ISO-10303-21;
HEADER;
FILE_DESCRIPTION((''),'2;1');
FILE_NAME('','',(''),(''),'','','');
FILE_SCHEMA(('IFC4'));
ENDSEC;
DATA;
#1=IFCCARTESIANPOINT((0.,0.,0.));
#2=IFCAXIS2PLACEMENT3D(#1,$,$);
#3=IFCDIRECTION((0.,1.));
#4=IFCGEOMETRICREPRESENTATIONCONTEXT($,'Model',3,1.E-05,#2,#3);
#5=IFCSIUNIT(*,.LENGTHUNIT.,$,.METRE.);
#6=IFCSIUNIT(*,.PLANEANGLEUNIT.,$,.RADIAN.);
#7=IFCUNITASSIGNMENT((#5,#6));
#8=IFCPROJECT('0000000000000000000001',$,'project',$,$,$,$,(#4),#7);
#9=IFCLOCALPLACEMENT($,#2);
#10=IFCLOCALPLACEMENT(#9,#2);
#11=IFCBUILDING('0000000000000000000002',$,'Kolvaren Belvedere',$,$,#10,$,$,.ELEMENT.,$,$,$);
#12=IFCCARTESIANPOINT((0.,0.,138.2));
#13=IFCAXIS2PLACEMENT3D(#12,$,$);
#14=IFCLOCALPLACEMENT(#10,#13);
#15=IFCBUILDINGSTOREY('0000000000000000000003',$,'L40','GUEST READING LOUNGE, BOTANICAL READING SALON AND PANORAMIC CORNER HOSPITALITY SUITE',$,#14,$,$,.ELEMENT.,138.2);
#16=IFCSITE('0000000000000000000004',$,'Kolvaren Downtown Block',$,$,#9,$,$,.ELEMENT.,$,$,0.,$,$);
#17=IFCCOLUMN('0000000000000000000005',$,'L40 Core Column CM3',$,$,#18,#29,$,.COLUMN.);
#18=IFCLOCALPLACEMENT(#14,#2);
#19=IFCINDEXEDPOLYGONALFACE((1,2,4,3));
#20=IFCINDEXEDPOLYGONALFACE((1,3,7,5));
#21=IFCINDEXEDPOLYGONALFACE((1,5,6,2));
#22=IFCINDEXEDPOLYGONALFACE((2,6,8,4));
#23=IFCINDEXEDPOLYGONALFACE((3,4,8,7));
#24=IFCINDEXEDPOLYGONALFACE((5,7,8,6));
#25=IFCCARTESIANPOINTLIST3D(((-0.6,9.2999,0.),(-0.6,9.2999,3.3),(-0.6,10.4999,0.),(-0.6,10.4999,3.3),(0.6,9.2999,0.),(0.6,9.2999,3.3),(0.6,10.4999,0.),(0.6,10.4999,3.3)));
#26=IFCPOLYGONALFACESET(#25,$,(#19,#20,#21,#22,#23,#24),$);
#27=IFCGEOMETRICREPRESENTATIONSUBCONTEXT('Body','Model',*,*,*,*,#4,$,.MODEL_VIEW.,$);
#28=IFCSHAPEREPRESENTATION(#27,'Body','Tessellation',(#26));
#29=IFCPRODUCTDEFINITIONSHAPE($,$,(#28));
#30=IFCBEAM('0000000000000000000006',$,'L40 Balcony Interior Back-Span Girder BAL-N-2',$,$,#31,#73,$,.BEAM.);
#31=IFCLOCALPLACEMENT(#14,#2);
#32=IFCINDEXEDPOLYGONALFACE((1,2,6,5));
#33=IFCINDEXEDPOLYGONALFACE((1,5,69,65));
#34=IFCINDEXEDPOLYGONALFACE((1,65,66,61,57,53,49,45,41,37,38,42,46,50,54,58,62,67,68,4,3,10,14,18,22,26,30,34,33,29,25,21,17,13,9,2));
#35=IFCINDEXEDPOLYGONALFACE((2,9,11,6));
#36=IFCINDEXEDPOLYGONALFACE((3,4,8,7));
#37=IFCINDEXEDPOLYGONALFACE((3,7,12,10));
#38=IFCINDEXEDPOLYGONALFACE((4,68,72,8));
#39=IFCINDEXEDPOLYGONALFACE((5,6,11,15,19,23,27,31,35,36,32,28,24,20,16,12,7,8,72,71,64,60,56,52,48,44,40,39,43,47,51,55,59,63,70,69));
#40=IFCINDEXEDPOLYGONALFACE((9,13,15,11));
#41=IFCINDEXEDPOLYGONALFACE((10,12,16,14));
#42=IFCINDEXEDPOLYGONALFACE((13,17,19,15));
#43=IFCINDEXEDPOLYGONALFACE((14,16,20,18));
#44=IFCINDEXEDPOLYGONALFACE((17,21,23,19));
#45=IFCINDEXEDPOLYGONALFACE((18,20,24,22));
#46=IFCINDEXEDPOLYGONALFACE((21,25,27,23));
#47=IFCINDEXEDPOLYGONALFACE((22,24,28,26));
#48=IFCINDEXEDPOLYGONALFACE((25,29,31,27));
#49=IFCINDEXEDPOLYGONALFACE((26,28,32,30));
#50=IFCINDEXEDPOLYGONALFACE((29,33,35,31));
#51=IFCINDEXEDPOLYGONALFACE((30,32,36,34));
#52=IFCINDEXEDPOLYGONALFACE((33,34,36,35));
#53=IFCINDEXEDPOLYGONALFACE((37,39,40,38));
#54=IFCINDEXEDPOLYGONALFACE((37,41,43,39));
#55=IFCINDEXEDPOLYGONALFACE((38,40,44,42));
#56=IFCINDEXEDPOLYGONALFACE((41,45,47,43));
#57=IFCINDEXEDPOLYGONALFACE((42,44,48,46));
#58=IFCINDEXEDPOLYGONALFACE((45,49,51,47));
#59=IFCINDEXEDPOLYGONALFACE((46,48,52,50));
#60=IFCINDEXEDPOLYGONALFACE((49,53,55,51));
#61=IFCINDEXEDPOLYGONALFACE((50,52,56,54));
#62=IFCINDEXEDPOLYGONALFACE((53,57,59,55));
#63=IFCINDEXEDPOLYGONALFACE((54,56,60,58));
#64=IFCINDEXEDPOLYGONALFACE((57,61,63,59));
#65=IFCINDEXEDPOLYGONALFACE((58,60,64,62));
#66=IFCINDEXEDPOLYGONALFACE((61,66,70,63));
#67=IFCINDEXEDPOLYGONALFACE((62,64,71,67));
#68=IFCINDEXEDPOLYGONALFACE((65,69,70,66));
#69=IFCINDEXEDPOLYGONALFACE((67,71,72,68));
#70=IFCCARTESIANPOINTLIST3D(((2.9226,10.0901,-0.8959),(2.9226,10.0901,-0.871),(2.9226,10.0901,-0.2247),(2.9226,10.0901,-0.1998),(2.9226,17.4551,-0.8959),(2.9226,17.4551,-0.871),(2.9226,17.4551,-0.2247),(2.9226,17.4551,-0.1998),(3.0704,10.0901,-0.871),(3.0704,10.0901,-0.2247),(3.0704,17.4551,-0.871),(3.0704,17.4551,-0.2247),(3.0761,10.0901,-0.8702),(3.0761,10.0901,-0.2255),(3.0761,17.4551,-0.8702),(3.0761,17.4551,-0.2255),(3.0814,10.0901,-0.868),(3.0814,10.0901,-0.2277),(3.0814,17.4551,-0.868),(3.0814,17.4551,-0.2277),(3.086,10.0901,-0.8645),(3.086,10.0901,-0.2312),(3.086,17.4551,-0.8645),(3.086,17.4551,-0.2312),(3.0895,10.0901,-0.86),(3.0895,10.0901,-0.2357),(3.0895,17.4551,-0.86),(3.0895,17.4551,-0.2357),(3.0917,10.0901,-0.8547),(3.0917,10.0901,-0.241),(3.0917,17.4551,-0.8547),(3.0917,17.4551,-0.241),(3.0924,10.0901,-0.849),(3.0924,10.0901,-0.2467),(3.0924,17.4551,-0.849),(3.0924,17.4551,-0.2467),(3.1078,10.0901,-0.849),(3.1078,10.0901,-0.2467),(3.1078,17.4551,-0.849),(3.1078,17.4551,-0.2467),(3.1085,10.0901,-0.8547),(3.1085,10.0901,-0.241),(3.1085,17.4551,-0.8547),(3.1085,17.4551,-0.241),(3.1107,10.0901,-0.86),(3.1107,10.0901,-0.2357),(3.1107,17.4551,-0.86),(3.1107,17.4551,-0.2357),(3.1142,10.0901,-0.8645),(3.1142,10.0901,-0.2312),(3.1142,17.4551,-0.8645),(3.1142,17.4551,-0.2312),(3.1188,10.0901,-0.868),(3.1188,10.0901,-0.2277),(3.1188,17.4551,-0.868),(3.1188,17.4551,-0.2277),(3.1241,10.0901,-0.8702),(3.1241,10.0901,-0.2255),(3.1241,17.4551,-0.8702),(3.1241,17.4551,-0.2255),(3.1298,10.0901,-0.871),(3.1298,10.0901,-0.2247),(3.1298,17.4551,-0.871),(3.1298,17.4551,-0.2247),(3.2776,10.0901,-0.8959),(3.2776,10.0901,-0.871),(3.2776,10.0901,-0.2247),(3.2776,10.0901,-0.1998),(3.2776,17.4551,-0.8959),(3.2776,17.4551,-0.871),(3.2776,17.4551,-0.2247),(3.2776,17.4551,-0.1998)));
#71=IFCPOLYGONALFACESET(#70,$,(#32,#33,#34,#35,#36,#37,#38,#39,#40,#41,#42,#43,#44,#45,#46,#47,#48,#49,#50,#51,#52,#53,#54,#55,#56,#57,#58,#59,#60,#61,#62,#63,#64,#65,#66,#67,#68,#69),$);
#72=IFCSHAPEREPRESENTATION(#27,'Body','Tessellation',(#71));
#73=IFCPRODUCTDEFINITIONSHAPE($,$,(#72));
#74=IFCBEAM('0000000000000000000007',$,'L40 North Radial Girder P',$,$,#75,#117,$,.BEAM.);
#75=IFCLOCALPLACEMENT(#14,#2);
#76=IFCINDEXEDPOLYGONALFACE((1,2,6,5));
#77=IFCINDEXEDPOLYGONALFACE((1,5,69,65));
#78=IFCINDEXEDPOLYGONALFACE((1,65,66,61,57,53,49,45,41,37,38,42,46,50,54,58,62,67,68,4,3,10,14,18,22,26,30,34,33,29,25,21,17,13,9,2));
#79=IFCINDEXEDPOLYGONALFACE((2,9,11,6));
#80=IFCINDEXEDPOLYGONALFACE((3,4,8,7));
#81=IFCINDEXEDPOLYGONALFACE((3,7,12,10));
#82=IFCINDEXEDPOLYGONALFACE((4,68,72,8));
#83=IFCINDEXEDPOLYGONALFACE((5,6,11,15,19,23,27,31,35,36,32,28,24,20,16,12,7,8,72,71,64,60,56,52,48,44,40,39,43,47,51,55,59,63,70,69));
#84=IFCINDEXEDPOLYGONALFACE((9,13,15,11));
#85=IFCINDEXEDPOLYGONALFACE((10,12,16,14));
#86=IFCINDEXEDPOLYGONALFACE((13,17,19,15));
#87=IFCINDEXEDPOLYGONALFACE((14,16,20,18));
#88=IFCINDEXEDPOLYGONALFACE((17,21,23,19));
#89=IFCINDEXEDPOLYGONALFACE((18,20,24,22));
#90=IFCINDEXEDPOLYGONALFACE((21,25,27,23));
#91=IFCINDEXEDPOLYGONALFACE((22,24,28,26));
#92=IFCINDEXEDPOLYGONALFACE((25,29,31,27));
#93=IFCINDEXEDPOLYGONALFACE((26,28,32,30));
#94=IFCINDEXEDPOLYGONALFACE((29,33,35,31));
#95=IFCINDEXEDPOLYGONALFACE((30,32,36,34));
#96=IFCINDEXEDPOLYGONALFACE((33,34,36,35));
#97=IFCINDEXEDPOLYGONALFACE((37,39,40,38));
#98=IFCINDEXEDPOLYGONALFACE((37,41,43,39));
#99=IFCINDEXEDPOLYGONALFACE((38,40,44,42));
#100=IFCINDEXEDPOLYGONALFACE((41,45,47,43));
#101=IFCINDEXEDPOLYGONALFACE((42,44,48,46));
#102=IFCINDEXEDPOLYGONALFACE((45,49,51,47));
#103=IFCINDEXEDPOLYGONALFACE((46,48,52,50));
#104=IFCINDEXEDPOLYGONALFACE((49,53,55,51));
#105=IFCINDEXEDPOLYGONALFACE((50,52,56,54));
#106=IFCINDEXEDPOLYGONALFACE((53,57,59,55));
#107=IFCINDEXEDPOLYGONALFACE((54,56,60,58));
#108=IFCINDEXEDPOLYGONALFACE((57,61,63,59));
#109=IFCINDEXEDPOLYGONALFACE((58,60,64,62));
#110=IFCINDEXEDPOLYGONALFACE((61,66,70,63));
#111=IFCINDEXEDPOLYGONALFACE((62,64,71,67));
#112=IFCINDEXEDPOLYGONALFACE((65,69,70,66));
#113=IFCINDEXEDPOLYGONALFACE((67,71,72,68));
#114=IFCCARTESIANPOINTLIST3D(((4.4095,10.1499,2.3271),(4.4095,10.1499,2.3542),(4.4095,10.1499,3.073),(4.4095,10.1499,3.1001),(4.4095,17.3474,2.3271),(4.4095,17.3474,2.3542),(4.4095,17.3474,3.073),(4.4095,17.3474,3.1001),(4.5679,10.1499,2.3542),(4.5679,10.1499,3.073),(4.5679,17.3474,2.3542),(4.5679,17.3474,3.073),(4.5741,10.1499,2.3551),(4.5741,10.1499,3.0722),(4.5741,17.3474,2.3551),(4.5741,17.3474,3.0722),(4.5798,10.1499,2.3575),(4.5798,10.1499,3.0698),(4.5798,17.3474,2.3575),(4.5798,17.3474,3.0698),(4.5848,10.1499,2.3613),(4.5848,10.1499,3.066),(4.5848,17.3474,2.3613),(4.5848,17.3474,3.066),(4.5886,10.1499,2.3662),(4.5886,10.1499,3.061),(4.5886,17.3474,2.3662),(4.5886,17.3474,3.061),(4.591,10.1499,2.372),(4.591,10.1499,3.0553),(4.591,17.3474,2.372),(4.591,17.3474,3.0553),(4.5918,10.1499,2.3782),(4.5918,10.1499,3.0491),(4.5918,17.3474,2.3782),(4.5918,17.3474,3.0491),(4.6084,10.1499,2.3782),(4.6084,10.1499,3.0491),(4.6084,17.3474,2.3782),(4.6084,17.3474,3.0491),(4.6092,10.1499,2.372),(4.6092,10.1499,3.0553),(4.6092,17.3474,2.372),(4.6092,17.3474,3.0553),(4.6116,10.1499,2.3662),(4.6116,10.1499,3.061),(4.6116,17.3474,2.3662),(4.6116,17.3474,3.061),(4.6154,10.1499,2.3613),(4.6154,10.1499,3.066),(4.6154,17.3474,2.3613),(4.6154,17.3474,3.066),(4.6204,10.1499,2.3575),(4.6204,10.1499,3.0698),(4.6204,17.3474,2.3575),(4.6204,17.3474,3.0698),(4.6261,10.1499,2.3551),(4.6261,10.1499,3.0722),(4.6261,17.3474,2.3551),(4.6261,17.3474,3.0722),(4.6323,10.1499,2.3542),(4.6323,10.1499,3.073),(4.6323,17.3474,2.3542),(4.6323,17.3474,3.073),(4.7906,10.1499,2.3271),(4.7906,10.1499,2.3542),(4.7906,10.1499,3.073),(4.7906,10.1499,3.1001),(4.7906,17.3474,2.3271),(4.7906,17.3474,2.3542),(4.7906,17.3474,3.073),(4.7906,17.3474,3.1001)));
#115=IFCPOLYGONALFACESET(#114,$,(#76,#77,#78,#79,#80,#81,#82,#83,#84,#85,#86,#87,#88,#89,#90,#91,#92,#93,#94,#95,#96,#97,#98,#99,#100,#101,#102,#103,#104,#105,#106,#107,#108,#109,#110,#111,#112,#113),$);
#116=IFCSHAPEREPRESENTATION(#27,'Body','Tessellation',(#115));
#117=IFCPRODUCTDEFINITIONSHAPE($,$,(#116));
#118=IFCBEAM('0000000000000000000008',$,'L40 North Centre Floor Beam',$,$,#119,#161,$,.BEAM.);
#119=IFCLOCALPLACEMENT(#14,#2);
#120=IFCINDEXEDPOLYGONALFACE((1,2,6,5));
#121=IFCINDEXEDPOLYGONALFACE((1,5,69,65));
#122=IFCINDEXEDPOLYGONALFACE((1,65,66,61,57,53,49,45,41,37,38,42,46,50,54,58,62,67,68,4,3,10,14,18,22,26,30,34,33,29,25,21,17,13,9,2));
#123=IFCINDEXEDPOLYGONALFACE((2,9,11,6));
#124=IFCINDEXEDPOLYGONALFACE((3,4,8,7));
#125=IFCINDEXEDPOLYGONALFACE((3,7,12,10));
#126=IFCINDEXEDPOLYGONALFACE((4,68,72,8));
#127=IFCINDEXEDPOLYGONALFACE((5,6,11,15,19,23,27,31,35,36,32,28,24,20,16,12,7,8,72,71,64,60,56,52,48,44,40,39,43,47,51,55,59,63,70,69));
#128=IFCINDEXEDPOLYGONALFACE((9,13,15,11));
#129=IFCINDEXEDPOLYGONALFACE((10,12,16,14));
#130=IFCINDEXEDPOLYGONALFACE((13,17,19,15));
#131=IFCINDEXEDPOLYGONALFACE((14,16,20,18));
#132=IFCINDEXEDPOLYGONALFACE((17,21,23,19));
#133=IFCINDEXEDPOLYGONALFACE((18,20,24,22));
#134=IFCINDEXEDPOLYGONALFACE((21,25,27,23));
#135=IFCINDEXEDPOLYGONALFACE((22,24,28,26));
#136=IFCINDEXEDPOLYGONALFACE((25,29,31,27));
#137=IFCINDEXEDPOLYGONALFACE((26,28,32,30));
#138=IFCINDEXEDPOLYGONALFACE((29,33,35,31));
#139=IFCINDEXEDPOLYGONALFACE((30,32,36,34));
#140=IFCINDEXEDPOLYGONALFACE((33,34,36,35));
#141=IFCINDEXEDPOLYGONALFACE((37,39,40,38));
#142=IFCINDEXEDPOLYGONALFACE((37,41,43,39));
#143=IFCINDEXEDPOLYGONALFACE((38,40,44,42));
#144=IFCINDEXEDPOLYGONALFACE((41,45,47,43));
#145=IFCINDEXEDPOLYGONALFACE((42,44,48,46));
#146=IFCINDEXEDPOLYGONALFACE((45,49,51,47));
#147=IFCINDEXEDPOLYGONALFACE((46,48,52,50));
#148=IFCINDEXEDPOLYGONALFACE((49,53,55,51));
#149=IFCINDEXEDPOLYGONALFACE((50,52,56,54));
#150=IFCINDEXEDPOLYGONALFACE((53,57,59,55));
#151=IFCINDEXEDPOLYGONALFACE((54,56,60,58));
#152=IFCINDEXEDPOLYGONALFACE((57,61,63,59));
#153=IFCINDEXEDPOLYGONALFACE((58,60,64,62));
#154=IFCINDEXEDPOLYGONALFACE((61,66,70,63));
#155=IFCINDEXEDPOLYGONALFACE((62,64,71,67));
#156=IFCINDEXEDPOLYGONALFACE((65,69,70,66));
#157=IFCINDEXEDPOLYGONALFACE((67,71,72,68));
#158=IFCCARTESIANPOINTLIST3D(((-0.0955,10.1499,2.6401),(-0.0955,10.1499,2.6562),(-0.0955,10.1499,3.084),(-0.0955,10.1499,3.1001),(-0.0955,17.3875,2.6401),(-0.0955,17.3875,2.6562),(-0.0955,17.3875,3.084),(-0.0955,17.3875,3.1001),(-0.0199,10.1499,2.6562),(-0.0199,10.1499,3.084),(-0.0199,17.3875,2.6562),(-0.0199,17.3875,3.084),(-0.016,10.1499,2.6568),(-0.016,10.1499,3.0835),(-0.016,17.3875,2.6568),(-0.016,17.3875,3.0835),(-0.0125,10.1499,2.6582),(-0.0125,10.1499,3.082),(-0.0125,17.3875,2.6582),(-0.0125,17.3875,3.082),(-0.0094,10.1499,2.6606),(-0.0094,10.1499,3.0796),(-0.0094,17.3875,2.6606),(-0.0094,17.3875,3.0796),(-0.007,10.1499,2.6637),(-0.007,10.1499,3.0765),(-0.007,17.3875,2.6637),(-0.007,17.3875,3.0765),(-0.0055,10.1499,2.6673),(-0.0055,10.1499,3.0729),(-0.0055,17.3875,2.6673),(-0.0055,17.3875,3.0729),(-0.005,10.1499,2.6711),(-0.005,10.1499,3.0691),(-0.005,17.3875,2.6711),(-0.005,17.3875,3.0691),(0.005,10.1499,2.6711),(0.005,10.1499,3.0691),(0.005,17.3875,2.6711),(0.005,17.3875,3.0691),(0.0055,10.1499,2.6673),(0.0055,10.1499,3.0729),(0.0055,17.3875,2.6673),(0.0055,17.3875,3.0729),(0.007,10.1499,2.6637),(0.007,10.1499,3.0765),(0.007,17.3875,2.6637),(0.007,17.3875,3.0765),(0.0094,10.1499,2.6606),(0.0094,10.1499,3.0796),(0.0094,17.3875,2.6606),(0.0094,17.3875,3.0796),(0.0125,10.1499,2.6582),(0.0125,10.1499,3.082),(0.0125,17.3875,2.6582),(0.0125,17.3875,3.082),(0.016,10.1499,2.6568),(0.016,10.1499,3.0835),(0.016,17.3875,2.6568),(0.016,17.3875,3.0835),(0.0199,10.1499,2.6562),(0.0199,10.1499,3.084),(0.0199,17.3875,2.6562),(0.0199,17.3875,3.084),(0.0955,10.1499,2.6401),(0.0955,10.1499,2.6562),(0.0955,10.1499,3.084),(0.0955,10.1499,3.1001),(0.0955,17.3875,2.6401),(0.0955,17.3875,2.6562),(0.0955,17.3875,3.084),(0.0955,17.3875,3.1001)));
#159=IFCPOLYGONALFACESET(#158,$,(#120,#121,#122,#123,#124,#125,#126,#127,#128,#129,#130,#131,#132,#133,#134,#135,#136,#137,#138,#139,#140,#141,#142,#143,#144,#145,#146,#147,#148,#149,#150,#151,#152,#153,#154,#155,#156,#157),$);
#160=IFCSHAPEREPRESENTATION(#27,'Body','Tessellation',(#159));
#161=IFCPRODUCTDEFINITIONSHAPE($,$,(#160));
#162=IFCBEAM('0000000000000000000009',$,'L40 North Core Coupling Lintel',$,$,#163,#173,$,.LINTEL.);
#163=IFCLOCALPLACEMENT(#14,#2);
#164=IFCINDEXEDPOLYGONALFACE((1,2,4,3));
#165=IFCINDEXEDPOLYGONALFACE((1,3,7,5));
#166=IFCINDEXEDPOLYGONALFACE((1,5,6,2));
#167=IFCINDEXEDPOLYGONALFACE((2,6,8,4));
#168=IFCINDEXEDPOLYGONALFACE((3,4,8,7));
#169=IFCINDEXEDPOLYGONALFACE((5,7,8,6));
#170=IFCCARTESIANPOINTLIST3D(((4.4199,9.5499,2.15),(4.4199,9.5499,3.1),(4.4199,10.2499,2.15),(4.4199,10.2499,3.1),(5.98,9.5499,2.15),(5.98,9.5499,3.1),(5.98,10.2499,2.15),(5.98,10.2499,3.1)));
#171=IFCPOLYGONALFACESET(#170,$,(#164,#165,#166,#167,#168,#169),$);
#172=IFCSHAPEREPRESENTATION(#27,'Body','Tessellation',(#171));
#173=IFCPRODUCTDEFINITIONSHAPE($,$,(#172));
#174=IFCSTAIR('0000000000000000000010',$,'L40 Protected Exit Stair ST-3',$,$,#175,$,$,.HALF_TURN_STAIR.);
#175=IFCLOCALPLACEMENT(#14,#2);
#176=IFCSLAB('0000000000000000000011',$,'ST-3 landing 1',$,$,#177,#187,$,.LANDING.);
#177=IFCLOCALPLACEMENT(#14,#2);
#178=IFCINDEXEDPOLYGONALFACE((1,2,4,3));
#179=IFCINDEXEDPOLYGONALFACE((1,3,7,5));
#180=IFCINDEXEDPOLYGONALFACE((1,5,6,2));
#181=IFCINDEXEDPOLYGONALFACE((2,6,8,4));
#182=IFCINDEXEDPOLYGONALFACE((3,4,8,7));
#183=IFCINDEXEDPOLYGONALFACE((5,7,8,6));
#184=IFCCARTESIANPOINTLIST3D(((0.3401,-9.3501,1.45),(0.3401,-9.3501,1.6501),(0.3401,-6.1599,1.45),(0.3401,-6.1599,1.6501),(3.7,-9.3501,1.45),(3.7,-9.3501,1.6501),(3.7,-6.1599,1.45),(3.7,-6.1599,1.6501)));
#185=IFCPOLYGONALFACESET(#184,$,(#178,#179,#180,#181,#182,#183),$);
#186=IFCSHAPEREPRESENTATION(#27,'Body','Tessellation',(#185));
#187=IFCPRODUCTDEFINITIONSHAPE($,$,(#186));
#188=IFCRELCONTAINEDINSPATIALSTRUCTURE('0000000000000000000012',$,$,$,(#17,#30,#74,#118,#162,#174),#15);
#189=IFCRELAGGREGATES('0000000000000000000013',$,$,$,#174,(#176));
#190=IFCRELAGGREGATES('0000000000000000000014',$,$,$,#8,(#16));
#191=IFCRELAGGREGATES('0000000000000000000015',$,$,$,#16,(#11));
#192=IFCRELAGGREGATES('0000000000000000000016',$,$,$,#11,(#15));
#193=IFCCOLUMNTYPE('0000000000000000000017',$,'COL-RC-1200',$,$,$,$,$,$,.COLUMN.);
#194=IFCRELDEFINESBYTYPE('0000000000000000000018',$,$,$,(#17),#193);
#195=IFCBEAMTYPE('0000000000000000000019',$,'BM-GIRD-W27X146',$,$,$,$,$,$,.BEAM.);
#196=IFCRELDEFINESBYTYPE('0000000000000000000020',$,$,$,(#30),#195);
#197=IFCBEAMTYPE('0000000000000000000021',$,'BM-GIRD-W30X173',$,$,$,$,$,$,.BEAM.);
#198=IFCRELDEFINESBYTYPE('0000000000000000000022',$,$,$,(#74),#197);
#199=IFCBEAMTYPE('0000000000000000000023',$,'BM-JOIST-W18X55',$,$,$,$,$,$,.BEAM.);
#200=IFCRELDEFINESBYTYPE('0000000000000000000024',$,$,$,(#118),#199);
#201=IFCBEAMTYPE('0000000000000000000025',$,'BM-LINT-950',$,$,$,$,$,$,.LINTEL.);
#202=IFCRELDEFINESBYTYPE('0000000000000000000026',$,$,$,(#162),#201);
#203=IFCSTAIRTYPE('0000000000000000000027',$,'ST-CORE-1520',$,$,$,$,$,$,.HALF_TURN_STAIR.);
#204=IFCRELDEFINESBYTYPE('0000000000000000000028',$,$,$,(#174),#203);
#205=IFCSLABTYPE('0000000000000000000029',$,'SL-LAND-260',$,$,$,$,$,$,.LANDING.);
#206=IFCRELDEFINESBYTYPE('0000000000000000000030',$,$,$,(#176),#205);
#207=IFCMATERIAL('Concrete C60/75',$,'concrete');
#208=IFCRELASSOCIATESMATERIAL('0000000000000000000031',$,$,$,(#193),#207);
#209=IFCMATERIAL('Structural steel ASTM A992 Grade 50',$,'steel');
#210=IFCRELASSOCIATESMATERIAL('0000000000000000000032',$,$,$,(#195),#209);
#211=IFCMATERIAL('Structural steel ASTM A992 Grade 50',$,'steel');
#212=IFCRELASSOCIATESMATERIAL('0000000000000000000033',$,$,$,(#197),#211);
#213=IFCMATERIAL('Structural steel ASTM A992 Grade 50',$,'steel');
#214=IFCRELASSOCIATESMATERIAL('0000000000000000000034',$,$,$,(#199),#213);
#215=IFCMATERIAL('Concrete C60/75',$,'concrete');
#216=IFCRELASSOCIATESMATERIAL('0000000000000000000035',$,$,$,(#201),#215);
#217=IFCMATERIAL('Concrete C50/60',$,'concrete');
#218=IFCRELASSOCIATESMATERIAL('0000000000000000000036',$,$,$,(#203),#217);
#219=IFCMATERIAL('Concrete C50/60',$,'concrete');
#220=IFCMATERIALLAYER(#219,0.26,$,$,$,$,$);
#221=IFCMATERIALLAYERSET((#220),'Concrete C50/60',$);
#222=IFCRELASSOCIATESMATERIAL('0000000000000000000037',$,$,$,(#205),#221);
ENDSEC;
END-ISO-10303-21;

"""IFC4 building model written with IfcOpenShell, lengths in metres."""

from ifc_helpers import new_model, si_unit, direction, frame, origin, origin_2d, place, context, subcontext, project, spatial, polyline, rectangle, i_section, outline, extrude, material, layer, layer_set, material_profile, profile_set, type_object, element, aggregate, save


model = new_model("IFC4")

# Units and contexts
model_context = context("Model", 3, precision=1e-05, world=origin(), true_north=direction((0.0, 1.0)))
body_context = subcontext(model_context, "Body", "Model", "MODEL_VIEW")
ifc_project = project(units=[si_unit("LENGTHUNIT", "METRE"), si_unit("PLANEANGLEUNIT", "RADIAN")], contexts=[model_context])

# Site, building, storey
site_placement = place(None, origin())
site = spatial("IfcSite", under=ifc_project, at=site_placement, Name="Kolvaren Downtown Block", CompositionType="ELEMENT", RefElevation=0.0)
building_placement = place(site_placement, origin())
building = spatial("IfcBuilding", under=site, at=building_placement, Name="Kolvaren Belvedere", CompositionType="ELEMENT")
storey_placement = place(building_placement, frame((0.0, 0.0, 138.2)))
storey = spatial("IfcBuildingStorey", under=building, at=storey_placement, Name="L40", Description="GUEST READING LOUNGE, BOTANICAL READING SALON AND PANORAMIC CORNER HOSPITALITY SUITE", CompositionType="ELEMENT", Elevation=138.2)

# Column
ifc_material_1 = material(Name="Concrete C60/75", Category="concrete")
ifc_material_profile_1 = material_profile(ifc_material_1, rectangle(XDim=1.2, YDim=1.2, at=origin_2d()), Name="RC 1200X1200")
ifc_profile_set_1 = profile_set([ifc_material_profile_1], Name="Concrete C60/75")
column_type = type_object("IfcColumnType", Name="COL-RC-1200", PredefinedType="COLUMN", material=ifc_profile_set_1)
column_placement = place(storey_placement, frame((0.0, 9.8999, 0.0), z_axis=(0.0, 0.0, 1.0), x_axis=(1.0, 0.0, 0.0)))
element("IfcColumn", 1, at=column_placement, inside=storey, type_object=column_type, Name="L40 Core Column CM3", PredefinedType="COLUMN", context=body_context, shape_type="SweptSolid", body=[
    extrude(rectangle(XDim=1.2, YDim=1.2, at=origin_2d()), origin(), (0.0, 0.0, 1.0), 3.3),
])

# Beams
ifc_material_2 = material(Name="Structural steel ASTM A992 Grade 50", Category="steel")
ifc_material_profile_2 = material_profile(ifc_material_2, i_section(OverallWidth=0.355, OverallDepth=0.696, WebThickness=0.0154, FlangeThickness=0.0249, FilletRadius=0.022, at=origin_2d()), Name="W27X146")
ifc_profile_set_2 = profile_set([ifc_material_profile_2], Name="Structural steel ASTM A992 Grade 50")
beam_type_1 = type_object("IfcBeamType", Name="BM-GIRD-W27X146", PredefinedType="BEAM", material=ifc_profile_set_2)
beam_1_placement = place(storey_placement, frame((3.1001, 10.0901, -0.5479), z_axis=(0.0, 1.0, 0.0), x_axis=(-1.0, 0.0, 0.0)))
element("IfcBeam", 2, at=beam_1_placement, inside=storey, type_object=beam_type_1, Name="L40 Balcony Interior Back-Span Girder BAL-N-2", PredefinedType="BEAM", context=body_context, shape_type="SweptSolid", body=[
    extrude(i_section(OverallWidth=0.355, OverallDepth=0.696, WebThickness=0.0154, FlangeThickness=0.0249, FilletRadius=0.022, at=origin_2d()), origin(), (0.0, 0.0, 1.0), 7.365),
])
ifc_material_3 = material(Name="Structural steel ASTM A992 Grade 50", Category="steel")
ifc_material_profile_3 = material_profile(ifc_material_3, i_section(OverallWidth=0.3811, OverallDepth=0.7729, WebThickness=0.0166, FlangeThickness=0.0271, FilletRadius=0.0239, at=origin_2d()), Name="W30X173")
ifc_profile_set_3 = profile_set([ifc_material_profile_3], Name="Structural steel ASTM A992 Grade 50")
beam_type_2 = type_object("IfcBeamType", Name="BM-GIRD-W30X173", PredefinedType="BEAM", material=ifc_profile_set_3)
beam_2_placement = place(storey_placement, frame((4.6001, 10.1499, 2.7136), z_axis=(0.0, 1.0, 0.0), x_axis=(-1.0, 0.0, 0.0)))
element("IfcBeam", 3, at=beam_2_placement, inside=storey, type_object=beam_type_2, Name="L40 North Radial Girder P", PredefinedType="BEAM", context=body_context, shape_type="SweptSolid", body=[
    extrude(i_section(OverallWidth=0.3811, OverallDepth=0.7729, WebThickness=0.0166, FlangeThickness=0.0271, FilletRadius=0.0239, at=origin_2d()), origin(), (0.0, 0.0, 1.0), 7.1975),
])
ifc_material_4 = material(Name="Structural steel ASTM A992 Grade 50", Category="steel")
ifc_material_profile_4 = material_profile(ifc_material_4, i_section(OverallWidth=0.1909, OverallDepth=0.46, WebThickness=0.01, FlangeThickness=0.0161, FilletRadius=0.0149, at=origin_2d()), Name="W18X55")
ifc_profile_set_4 = profile_set([ifc_material_profile_4], Name="Structural steel ASTM A992 Grade 50")
beam_type_3 = type_object("IfcBeamType", Name="BM-JOIST-W18X55", PredefinedType="BEAM", material=ifc_profile_set_4)
beam_3_placement = place(storey_placement, frame((0.0, 10.1499, 2.8701), z_axis=(0.0, 1.0, 0.0), x_axis=(-1.0, 0.0, 0.0)))
element("IfcBeam", 4, at=beam_3_placement, inside=storey, type_object=beam_type_3, Name="L40 North Centre Floor Beam", PredefinedType="BEAM", context=body_context, shape_type="SweptSolid", body=[
    extrude(i_section(OverallWidth=0.1909, OverallDepth=0.46, WebThickness=0.01, FlangeThickness=0.0161, FilletRadius=0.0149, at=origin_2d()), origin(), (0.0, 0.0, 1.0), 7.2375),
])
ifc_material_5 = material(Name="Concrete C60/75", Category="concrete")
ifc_material_profile_5 = material_profile(ifc_material_5, rectangle(XDim=0.7, YDim=0.95, at=origin_2d()), Name="RC 700X950")
ifc_profile_set_5 = profile_set([ifc_material_profile_5], Name="Concrete C60/75")
beam_type_4 = type_object("IfcBeamType", Name="BM-LINT-950", PredefinedType="LINTEL", material=ifc_profile_set_5)
beam_4_placement = place(storey_placement, frame((4.4199, 9.8999, 2.625), z_axis=(1.0, 0.0, 0.0), x_axis=(0.0, 1.0, 0.0)))
element("IfcBeam", 5, at=beam_4_placement, inside=storey, type_object=beam_type_4, Name="L40 North Core Coupling Lintel", PredefinedType="LINTEL", context=body_context, shape_type="SweptSolid", body=[
    extrude(rectangle(XDim=0.7, YDim=0.95, at=origin_2d()), origin(), (0.0, 0.0, 1.0), 1.5601),
])

# Stair, slab
ifc_material_6 = material(Name="Concrete C50/60", Category="concrete")
stair_type = type_object("IfcStairType", Name="ST-CORE-1520", PredefinedType="HALF_TURN_STAIR", material=ifc_material_6)
stair_1_placement = place(storey_placement, origin())
stair_1 = element("IfcStair", 6, at=stair_1_placement, inside=storey, type_object=stair_type, Name="L40 Protected Exit Stair ST-3", PredefinedType="HALF_TURN_STAIR")
ifc_material_7 = material(Name="Concrete C50/60", Category="concrete")
ifc_layer_1 = layer(ifc_material_7, 0.26)
ifc_layer_set_1 = layer_set([ifc_layer_1], Name="Concrete C50/60")
slab_type = type_object("IfcSlabType", Name="SL-LAND-260", PredefinedType="LANDING", material=ifc_layer_set_1)
slab_placement = place(storey_placement, frame((0.0, 0.0, 1.45)))
slab = element("IfcSlab", 7, at=slab_placement, type_object=slab_type, Name="ST-3 landing 1", PredefinedType="LANDING", context=body_context, shape_type="SweptSolid", body=[
    extrude(outline(polyline([(0.3401, -9.3501), (3.7, -9.3501), (3.7, -6.1599), (0.3401, -6.1599), (0.3401, -9.3501)])), origin(), (0.0, 0.0, 1.0), 0.2002),
])
aggregate(stair_1, [slab])

save(model, "model.ifc")
